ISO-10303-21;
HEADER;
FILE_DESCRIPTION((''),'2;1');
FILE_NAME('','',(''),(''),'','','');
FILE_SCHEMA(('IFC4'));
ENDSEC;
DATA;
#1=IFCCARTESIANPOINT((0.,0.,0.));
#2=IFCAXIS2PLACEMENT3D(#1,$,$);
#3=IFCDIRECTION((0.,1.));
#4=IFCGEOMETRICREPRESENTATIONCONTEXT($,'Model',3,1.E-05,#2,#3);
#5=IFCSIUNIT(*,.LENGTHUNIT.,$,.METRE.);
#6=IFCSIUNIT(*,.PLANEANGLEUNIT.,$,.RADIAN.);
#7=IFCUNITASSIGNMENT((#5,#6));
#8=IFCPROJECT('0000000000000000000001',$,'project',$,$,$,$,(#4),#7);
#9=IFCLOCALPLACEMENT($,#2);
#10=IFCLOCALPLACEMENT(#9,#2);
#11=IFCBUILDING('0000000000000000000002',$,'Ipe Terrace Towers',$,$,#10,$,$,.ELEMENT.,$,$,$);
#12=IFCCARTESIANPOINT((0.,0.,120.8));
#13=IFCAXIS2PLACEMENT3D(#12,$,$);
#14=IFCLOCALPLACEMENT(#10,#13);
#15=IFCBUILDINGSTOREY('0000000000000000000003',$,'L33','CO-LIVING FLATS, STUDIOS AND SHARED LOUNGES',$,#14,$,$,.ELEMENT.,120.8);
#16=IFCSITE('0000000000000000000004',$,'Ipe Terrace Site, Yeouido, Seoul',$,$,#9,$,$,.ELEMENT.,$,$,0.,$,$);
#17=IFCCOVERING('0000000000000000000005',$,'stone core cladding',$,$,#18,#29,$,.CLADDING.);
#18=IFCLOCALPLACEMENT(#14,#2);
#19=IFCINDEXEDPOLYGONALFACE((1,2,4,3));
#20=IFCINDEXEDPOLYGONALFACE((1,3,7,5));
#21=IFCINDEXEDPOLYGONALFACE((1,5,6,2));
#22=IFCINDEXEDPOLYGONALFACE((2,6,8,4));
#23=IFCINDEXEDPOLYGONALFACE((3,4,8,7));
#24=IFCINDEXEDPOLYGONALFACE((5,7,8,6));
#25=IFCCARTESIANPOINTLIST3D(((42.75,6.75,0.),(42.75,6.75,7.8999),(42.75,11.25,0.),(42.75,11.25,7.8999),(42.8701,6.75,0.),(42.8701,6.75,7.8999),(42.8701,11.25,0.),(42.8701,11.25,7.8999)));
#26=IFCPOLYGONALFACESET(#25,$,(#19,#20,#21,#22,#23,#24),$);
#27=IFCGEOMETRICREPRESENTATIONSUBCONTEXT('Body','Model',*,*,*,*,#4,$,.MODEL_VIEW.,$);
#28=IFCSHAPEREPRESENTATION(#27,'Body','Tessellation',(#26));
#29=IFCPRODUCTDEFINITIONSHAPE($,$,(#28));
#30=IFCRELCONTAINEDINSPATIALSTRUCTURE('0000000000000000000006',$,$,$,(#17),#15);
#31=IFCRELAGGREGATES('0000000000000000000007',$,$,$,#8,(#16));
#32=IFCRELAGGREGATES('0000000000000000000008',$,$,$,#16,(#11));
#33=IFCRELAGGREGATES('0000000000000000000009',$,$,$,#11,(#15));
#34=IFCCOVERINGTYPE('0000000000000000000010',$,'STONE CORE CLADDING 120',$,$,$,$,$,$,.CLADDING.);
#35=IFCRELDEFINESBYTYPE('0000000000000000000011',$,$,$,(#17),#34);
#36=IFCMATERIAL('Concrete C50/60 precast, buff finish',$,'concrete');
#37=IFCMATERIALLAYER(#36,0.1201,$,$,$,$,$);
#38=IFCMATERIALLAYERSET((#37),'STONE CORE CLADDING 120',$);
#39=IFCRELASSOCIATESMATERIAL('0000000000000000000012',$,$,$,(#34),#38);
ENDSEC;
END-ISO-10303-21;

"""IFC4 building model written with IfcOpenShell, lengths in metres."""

from ifc_helpers import new_model, si_unit, direction, frame, origin, origin_2d, place, context, subcontext, project, spatial, rectangle, extrude, material, layer, layer_set, type_object, element, save


model = new_model("IFC4")

# Units and contexts
model_context = context("Model", 3, precision=1e-05, world=origin(), true_north=direction((0.0, 1.0)))
body_context = subcontext(model_context, "Body", "Model", "MODEL_VIEW")
ifc_project = project(units=[si_unit("LENGTHUNIT", "METRE"), si_unit("PLANEANGLEUNIT", "RADIAN")], contexts=[model_context])

# Site, building, storey
site_placement = place(None, origin())
site = spatial("IfcSite", under=ifc_project, at=site_placement, Name="Ipe Terrace Site, Yeouido, Seoul", CompositionType="ELEMENT", RefElevation=0.0)
building_placement = place(site_placement, origin())
building = spatial("IfcBuilding", under=site, at=building_placement, Name="Ipe Terrace Towers", CompositionType="ELEMENT")
storey_placement = place(building_placement, frame((0.0, 0.0, 120.8)))
storey = spatial("IfcBuildingStorey", under=building, at=storey_placement, Name="L33", Description="CO-LIVING FLATS, STUDIOS AND SHARED LOUNGES", CompositionType="ELEMENT", Elevation=120.8)

# Covering
ifc_material_1 = material(Name="Concrete C50/60 precast, buff finish", Category="concrete")
ifc_layer_1 = layer(ifc_material_1, 0.1201)
ifc_layer_set_1 = layer_set([ifc_layer_1], Name="STONE CORE CLADDING 120")
covering_type = type_object("IfcCoveringType", Name="STONE CORE CLADDING 120", PredefinedType="CLADDING", material=ifc_layer_set_1)
covering_placement = place(storey_placement, frame((42.8101, 9.0, 0.0), z_axis=(0.0, 0.0, 1.0), x_axis=(0.0, 1.0, 0.0)))
element("IfcCovering", 1, at=covering_placement, inside=storey, type_object=covering_type, Name="stone core cladding", PredefinedType="CLADDING", context=body_context, shape_type="SweptSolid", body=[
    extrude(rectangle(XDim=4.5, YDim=0.1201, at=origin_2d()), origin(), (0.0, 0.0, 1.0), 7.8999),
])

save(model, "model.ifc")
